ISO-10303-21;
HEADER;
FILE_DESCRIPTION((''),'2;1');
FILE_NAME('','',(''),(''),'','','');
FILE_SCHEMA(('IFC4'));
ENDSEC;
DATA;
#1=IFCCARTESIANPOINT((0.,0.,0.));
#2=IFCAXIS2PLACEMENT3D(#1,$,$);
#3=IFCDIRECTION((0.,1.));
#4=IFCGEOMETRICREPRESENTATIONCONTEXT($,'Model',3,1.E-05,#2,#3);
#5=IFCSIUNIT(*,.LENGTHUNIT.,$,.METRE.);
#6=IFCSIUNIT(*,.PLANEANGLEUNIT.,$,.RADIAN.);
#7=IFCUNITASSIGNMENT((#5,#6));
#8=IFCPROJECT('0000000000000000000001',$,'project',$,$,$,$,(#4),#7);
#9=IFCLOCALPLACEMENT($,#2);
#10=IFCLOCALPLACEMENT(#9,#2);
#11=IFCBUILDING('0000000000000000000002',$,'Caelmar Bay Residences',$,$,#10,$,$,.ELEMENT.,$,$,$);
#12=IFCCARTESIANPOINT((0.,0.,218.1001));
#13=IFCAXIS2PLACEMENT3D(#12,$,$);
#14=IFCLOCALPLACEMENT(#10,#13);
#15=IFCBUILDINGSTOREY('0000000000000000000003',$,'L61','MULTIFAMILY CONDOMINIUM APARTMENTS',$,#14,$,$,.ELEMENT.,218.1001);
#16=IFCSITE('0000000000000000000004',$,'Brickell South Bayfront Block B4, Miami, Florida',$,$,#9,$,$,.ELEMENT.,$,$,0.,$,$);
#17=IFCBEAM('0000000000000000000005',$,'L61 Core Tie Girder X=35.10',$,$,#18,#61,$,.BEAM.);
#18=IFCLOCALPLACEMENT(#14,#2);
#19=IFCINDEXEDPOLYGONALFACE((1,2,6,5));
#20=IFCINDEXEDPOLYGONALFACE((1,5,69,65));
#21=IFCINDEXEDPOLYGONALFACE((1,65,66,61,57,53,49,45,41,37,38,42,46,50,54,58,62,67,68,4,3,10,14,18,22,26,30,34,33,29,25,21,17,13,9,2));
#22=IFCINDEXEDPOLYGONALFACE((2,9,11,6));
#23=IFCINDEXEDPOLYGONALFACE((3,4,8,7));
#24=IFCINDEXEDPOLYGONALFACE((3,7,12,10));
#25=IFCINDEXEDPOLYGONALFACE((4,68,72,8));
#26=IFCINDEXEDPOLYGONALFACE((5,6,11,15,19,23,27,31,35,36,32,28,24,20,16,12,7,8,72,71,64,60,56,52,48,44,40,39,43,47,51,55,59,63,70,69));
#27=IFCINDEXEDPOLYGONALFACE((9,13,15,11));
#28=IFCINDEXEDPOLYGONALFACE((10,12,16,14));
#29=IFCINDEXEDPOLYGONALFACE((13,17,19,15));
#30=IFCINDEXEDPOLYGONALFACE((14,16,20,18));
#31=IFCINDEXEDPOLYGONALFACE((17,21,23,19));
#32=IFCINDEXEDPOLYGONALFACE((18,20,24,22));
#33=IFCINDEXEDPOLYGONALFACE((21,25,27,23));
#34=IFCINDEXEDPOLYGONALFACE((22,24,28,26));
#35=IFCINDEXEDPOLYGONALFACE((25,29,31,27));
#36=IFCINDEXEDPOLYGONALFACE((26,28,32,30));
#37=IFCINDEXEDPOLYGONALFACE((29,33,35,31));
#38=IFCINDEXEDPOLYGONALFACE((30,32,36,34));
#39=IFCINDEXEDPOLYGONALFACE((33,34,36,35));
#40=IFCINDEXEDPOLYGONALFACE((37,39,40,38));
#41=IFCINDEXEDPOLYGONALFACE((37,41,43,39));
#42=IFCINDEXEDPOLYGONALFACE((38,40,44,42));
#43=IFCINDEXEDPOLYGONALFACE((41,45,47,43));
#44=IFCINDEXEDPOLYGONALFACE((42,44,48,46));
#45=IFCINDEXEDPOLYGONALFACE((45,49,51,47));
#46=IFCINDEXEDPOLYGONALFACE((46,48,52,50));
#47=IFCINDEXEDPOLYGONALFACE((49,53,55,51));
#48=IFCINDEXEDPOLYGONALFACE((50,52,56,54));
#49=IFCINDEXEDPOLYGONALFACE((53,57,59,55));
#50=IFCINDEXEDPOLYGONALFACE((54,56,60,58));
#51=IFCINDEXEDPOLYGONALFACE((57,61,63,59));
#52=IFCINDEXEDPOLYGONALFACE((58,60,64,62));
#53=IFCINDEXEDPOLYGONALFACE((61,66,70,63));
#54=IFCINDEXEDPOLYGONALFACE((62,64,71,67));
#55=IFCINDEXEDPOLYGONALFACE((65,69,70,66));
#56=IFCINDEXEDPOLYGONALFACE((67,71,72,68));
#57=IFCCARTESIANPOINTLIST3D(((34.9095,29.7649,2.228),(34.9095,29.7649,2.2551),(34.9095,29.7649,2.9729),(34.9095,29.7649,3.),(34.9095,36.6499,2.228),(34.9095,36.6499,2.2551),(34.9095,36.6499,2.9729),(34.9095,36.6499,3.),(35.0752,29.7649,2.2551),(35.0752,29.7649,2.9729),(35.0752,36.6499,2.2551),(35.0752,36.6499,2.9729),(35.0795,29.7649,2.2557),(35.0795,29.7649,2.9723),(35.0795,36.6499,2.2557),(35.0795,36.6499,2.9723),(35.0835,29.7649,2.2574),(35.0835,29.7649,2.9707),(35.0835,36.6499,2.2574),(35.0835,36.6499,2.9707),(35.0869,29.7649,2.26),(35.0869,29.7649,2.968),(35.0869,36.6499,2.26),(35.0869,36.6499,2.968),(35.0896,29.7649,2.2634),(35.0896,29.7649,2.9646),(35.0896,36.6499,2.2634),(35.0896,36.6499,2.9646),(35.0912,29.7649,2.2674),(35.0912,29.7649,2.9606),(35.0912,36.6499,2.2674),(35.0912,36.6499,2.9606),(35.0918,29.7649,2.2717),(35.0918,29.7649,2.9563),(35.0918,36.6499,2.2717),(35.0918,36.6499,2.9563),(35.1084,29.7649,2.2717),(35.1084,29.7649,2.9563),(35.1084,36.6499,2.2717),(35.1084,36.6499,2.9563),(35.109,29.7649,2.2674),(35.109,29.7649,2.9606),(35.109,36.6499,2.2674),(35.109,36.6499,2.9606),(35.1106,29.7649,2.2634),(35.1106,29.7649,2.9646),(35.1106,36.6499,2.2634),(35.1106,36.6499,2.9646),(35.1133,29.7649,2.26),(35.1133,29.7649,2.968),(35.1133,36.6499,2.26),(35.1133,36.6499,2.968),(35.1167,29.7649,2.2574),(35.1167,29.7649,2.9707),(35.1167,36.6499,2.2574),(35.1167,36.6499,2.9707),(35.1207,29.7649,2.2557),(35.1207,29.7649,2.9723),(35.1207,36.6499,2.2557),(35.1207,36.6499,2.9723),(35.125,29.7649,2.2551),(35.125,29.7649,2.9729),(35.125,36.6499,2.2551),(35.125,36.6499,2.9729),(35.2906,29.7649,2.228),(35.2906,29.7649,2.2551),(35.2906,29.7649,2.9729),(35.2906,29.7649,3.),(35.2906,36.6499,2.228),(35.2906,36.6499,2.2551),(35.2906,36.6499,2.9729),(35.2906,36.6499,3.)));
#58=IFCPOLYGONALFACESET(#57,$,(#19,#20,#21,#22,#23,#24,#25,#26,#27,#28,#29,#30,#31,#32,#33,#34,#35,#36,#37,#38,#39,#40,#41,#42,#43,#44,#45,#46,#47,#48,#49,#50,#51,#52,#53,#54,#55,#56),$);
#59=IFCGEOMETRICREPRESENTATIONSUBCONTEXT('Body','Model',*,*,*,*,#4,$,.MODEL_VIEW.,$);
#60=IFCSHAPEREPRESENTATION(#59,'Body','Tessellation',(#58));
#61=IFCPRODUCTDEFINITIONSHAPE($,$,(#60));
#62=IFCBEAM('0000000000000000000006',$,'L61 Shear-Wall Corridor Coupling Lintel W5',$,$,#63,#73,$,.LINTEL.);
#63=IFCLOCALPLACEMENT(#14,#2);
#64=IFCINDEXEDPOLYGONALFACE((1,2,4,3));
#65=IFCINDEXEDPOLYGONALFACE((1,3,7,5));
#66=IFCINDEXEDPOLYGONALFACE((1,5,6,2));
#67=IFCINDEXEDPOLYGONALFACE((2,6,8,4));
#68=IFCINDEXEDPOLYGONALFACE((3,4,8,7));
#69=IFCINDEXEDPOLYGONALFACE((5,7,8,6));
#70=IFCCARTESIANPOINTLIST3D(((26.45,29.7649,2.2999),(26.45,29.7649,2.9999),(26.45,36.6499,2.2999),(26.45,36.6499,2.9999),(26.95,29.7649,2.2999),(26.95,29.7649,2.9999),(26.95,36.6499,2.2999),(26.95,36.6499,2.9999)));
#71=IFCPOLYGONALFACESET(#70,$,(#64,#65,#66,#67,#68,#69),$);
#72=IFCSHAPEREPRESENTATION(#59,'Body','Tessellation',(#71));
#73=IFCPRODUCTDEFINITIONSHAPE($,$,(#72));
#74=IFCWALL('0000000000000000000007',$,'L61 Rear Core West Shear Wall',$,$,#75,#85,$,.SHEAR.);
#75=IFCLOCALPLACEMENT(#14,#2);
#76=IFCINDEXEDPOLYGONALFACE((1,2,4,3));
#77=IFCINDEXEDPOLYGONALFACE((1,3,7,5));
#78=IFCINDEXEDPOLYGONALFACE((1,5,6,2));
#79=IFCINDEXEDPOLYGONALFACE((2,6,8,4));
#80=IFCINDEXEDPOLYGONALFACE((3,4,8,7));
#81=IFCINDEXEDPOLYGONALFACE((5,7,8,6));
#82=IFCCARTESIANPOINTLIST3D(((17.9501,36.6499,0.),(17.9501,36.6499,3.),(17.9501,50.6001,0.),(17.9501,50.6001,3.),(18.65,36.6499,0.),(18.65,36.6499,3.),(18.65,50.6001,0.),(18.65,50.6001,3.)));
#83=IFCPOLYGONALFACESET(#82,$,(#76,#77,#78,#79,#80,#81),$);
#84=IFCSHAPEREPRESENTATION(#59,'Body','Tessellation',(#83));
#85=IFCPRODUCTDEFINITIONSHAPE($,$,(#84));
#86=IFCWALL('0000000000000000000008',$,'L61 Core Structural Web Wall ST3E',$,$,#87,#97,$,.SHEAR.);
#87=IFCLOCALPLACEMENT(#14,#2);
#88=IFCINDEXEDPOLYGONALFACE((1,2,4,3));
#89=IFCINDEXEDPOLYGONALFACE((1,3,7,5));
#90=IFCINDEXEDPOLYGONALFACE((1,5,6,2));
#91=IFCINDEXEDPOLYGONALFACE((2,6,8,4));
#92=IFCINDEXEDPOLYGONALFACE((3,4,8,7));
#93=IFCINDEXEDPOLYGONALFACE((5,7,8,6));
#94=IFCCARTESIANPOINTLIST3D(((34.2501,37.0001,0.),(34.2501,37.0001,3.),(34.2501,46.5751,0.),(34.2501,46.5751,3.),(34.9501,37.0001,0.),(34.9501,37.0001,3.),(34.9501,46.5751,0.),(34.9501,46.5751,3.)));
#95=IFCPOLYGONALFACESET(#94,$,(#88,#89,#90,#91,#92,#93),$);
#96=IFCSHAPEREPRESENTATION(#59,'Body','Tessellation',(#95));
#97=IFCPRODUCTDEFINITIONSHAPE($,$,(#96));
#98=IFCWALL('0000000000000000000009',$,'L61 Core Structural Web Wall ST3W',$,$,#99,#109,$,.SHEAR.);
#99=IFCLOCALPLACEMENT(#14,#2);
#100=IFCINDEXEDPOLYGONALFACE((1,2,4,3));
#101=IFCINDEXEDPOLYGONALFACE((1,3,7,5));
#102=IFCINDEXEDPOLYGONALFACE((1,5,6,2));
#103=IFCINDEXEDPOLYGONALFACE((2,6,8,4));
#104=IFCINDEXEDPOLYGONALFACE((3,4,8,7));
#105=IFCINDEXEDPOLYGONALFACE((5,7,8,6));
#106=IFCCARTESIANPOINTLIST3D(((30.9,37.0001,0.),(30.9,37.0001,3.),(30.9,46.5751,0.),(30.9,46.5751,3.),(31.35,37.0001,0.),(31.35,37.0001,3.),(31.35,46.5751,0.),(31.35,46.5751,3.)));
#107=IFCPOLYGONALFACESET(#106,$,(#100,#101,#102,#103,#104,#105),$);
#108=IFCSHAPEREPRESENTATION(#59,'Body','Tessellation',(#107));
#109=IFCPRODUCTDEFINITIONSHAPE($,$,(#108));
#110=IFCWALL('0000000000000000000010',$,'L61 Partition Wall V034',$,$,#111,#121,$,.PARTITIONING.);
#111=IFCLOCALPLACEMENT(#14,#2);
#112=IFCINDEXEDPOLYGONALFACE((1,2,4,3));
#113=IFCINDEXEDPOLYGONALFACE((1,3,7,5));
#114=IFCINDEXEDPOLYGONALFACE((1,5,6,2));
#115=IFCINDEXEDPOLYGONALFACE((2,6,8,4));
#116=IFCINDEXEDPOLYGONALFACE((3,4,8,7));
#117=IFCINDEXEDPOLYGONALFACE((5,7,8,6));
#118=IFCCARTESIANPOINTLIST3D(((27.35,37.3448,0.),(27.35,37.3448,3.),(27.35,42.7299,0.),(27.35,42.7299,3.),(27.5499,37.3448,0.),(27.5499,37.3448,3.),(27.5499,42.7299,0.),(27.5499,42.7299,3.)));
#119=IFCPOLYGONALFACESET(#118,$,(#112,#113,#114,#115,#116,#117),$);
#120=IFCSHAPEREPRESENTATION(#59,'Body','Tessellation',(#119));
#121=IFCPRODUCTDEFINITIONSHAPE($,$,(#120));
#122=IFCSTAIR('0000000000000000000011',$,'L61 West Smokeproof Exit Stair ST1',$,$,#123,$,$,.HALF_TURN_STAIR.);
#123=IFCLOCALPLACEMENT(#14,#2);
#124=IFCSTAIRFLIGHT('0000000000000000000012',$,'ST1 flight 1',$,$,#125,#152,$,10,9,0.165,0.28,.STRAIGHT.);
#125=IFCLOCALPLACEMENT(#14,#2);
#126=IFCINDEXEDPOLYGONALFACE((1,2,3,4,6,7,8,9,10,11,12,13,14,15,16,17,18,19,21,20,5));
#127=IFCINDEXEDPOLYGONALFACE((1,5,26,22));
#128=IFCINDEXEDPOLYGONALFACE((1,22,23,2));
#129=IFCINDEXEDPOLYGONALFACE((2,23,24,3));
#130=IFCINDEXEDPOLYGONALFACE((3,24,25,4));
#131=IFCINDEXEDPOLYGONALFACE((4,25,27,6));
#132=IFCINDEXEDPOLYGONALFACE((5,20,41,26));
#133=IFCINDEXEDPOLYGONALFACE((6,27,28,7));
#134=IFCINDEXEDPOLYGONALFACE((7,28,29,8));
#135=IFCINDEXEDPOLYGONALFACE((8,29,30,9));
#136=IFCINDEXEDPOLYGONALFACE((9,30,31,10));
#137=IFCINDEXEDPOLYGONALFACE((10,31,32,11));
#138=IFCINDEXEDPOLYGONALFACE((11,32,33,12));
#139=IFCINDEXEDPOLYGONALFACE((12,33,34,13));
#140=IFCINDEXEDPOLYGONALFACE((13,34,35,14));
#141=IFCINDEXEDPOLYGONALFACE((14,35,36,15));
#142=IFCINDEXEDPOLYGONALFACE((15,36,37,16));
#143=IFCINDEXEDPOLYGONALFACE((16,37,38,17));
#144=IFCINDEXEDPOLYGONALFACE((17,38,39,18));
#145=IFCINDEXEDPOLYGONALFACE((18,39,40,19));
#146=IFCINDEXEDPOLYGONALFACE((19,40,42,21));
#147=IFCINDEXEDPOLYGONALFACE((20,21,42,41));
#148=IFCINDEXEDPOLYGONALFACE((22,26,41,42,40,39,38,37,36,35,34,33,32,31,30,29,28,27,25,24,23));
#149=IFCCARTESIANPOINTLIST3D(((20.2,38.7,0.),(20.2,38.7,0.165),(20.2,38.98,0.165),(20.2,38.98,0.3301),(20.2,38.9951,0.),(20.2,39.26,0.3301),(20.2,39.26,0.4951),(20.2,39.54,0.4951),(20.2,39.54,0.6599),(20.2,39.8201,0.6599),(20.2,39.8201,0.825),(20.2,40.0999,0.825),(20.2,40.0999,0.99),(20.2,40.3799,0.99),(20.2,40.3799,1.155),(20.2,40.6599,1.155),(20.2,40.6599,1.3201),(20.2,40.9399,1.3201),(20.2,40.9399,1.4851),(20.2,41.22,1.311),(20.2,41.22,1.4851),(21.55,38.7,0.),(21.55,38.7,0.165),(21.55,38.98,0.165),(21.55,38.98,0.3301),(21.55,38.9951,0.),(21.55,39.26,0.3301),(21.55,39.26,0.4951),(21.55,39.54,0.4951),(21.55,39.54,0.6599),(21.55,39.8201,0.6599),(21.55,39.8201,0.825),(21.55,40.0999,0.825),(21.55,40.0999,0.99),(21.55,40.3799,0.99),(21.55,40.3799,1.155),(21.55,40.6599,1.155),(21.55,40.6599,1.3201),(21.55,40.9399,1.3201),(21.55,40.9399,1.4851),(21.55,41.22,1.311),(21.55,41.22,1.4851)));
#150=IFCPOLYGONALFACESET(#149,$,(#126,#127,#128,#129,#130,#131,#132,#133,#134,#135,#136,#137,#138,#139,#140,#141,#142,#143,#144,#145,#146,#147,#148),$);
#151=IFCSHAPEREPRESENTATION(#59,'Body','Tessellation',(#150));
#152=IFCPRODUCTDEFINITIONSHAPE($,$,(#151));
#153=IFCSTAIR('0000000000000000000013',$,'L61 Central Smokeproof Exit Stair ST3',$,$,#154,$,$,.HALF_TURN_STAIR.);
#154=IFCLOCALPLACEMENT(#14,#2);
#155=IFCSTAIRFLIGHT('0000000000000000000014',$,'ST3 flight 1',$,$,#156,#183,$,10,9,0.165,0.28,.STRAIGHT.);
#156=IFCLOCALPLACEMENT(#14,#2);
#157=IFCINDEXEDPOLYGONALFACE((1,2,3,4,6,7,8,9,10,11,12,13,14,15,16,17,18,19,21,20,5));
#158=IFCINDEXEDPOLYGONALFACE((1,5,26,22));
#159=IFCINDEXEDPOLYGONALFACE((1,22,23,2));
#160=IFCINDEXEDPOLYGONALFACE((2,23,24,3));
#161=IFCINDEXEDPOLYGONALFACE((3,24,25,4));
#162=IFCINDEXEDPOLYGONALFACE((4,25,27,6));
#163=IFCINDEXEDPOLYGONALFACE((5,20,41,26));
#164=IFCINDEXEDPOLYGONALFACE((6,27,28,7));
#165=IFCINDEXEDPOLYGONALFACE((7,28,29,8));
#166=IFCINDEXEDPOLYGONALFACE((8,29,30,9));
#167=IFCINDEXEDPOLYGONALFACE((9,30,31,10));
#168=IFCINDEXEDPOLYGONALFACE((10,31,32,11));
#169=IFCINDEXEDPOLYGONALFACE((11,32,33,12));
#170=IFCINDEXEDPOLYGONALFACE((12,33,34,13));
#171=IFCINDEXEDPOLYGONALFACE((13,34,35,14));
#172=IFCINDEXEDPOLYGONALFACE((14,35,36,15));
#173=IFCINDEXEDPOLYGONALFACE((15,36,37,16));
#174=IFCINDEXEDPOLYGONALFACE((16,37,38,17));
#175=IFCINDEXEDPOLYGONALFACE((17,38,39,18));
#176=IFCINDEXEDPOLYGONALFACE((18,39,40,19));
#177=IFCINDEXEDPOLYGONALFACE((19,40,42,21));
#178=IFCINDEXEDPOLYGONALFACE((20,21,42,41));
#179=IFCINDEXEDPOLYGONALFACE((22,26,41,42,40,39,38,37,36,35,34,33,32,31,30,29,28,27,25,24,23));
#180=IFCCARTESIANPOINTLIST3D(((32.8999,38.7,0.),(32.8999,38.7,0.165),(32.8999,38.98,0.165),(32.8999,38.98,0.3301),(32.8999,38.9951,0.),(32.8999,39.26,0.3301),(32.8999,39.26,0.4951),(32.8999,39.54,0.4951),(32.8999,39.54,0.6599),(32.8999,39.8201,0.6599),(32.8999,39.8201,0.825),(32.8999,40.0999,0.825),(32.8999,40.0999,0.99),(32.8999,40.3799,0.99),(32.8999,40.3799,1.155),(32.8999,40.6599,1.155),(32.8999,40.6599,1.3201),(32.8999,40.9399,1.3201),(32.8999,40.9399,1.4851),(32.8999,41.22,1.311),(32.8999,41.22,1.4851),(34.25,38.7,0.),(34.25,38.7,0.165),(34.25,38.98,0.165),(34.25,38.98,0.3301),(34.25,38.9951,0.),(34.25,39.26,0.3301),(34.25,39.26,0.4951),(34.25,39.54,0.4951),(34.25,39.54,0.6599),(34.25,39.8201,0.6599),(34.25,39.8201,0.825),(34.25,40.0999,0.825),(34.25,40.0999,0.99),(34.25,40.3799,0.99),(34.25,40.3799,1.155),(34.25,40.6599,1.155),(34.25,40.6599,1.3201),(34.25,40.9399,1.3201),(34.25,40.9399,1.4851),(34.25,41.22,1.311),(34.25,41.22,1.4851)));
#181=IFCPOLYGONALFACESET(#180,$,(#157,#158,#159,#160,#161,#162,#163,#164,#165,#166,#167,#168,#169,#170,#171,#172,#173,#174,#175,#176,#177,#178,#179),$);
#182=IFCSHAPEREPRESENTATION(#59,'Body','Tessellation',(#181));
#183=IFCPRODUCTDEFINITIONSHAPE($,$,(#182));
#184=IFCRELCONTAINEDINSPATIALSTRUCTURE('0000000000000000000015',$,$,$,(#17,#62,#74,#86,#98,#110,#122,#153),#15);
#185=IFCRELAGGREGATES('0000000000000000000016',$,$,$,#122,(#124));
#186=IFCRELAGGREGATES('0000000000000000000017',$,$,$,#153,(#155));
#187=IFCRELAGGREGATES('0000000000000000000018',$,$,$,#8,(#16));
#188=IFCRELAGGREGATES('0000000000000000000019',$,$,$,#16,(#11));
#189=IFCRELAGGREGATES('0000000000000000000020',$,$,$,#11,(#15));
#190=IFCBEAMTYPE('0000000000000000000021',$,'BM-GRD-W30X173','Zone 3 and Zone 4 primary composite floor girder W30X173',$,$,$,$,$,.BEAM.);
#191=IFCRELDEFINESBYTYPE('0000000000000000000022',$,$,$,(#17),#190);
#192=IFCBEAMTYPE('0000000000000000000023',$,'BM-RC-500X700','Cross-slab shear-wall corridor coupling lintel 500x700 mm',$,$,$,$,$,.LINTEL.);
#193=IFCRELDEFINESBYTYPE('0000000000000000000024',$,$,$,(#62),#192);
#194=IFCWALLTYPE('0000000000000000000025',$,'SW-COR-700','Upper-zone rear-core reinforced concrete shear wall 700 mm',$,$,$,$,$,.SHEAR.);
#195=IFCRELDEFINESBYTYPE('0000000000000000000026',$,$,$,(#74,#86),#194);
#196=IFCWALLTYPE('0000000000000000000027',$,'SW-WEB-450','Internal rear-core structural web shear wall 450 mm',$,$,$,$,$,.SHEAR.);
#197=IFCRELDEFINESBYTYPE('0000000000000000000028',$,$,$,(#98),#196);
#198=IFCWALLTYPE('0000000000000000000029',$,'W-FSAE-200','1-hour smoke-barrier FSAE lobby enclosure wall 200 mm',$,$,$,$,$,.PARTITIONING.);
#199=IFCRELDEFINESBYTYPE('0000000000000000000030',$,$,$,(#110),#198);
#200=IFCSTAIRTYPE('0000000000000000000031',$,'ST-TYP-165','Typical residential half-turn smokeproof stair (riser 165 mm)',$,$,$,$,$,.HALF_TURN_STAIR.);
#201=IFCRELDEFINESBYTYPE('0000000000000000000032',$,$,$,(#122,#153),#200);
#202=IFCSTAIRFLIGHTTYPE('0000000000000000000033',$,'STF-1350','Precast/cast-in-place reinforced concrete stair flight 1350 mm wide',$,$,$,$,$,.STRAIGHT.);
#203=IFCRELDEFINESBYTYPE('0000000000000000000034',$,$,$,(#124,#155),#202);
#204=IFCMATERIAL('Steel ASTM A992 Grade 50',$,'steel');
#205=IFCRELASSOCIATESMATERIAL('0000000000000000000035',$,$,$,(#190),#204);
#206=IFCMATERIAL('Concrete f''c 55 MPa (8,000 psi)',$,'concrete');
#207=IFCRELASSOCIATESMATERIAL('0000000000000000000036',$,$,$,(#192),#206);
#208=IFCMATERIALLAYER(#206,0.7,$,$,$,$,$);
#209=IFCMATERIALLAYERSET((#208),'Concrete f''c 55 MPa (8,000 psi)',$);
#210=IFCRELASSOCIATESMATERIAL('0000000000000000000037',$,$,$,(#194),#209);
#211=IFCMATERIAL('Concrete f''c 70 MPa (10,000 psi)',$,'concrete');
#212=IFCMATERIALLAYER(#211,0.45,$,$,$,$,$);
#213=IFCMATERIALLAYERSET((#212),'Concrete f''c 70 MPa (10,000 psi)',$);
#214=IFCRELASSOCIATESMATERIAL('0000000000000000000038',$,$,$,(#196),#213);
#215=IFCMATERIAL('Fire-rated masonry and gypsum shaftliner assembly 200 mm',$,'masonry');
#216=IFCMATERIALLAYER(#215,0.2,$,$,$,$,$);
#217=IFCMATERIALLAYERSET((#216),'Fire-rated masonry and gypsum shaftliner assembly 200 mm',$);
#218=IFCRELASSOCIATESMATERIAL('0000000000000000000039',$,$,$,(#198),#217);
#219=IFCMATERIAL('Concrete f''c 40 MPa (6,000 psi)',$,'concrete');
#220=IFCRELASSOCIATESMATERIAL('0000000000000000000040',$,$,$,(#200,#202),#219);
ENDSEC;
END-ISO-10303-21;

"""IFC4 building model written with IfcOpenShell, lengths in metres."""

from ifc_helpers import new_model, si_unit, direction, frame, frame_2d, origin, origin_2d, place, context, subcontext, project, spatial, polyline, rectangle, i_section, outline, extrude, material, layer, layer_set, material_profile, profile_set, type_object, element, aggregate, save


model = new_model("IFC4")

# Units and contexts
model_context = context("Model", 3, precision=1e-05, world=origin(), true_north=direction((0.0, 1.0)))
body_context = subcontext(model_context, "Body", "Model", "MODEL_VIEW")
ifc_project = project(units=[si_unit("LENGTHUNIT", "METRE"), si_unit("PLANEANGLEUNIT", "RADIAN")], contexts=[model_context])

# Site, building, storey
site_placement = place(None, origin())
site = spatial("IfcSite", under=ifc_project, at=site_placement, Name="Brickell South Bayfront Block B4, Miami, Florida", CompositionType="ELEMENT", RefElevation=0.0)
building_placement = place(site_placement, origin())
building = spatial("IfcBuilding", under=site, at=building_placement, Name="Caelmar Bay Residences", CompositionType="ELEMENT")
storey_placement = place(building_placement, frame((0.0, 0.0, 218.1001)))
storey = spatial("IfcBuildingStorey", under=building, at=storey_placement, Name="L61", Description="MULTIFAMILY CONDOMINIUM APARTMENTS", CompositionType="ELEMENT", Elevation=218.1001)

# Beams
ifc_material_1 = material(Name="Steel ASTM A992 Grade 50", Category="steel")
ifc_material_profile_1 = material_profile(ifc_material_1, i_section(OverallWidth=0.3811, OverallDepth=0.772, WebThickness=0.0166, FlangeThickness=0.0271, FilletRadius=0.0166, at=origin_2d()), Name="W30X173")
ifc_profile_set_1 = profile_set([ifc_material_profile_1], Name="Steel ASTM A992 Grade 50")
beam_type_1 = type_object("IfcBeamType", Name="BM-GRD-W30X173", Description="Zone 3 and Zone 4 primary composite floor girder W30X173", PredefinedType="BEAM", material=ifc_profile_set_1)
beam_1_placement = place(storey_placement, frame((35.1001, 29.7649, 2.614), z_axis=(0.0, 1.0, 0.0), x_axis=(-1.0, 0.0, 0.0)))
element("IfcBeam", 1, at=beam_1_placement, inside=storey, type_object=beam_type_1, Name="L61 Core Tie Girder X=35.10", PredefinedType="BEAM", context=body_context, shape_type="SweptSolid", body=[
    extrude(i_section(OverallWidth=0.3811, OverallDepth=0.772, WebThickness=0.0166, FlangeThickness=0.0271, FilletRadius=0.0166, at=origin_2d()), origin(), (0.0, 0.0, 1.0), 6.885),
])
ifc_material_2 = material(Name="Concrete f'c 55 MPa (8,000 psi)", Category="concrete")
ifc_material_profile_2 = material_profile(ifc_material_2, rectangle(XDim=0.5, YDim=0.7, at=origin_2d()), Name="RC-BM-500X700")
ifc_profile_set_2 = profile_set([ifc_material_profile_2], Name="Concrete f'c 55 MPa (8,000 psi)")
beam_type_2 = type_object("IfcBeamType", Name="BM-RC-500X700", Description="Cross-slab shear-wall corridor coupling lintel 500x700 mm", PredefinedType="LINTEL", material=ifc_profile_set_2)
beam_2_placement = place(storey_placement, frame((26.7, 29.7649, 2.6499), z_axis=(0.0, 1.0, 0.0), x_axis=(-1.0, 0.0, 0.0)))
element("IfcBeam", 2, at=beam_2_placement, inside=storey, type_object=beam_type_2, Name="L61 Shear-Wall Corridor Coupling Lintel W5", PredefinedType="LINTEL", context=body_context, shape_type="SweptSolid", body=[
    extrude(rectangle(XDim=0.5, YDim=0.7, at=origin_2d()), origin(), (0.0, 0.0, 1.0), 6.885),
])

# Wall
ifc_layer_1 = layer(ifc_material_2, 0.7)
ifc_layer_set_1 = layer_set([ifc_layer_1], Name="Concrete f'c 55 MPa (8,000 psi)")
wall_type_1 = type_object("IfcWallType", Name="SW-COR-700", Description="Upper-zone rear-core reinforced concrete shear wall 700 mm", PredefinedType="SHEAR", material=ifc_layer_set_1)
wall_1_placement = place(storey_placement, frame((18.3, 36.6499, 0.0), z_axis=(0.0, 0.0, 1.0), x_axis=(0.0, 1.0, 0.0)))
element("IfcWall", 3, at=wall_1_placement, inside=storey, type_object=wall_type_1, Name="L61 Rear Core West Shear Wall", PredefinedType="SHEAR", context=body_context, shape_type="SweptSolid", body=[
    extrude(rectangle(XDim=13.9502, YDim=0.7, at=frame_2d((6.9751, 0.0))), origin(), (0.0, 0.0, 1.0), 3.0),
])

# Walls
wall_2_placement = place(storey_placement, frame((34.6001, 37.0, 0.0), z_axis=(0.0, 0.0, 1.0), x_axis=(0.0, 1.0, 0.0)))
element("IfcWall", 4, at=wall_2_placement, inside=storey, type_object=wall_type_1, Name="L61 Core Structural Web Wall ST3E", PredefinedType="SHEAR", context=body_context, shape_type="SweptSolid", body=[
    extrude(rectangle(XDim=9.575, YDim=0.7, at=frame_2d((4.7876, 0.0))), origin(), (0.0, 0.0, 1.0), 3.0),
])
ifc_material_3 = material(Name="Concrete f'c 70 MPa (10,000 psi)", Category="concrete")
ifc_layer_2 = layer(ifc_material_3, 0.45)
ifc_layer_set_2 = layer_set([ifc_layer_2], Name="Concrete f'c 70 MPa (10,000 psi)")
wall_type_2 = type_object("IfcWallType", Name="SW-WEB-450", Description="Internal rear-core structural web shear wall 450 mm", PredefinedType="SHEAR", material=ifc_layer_set_2)
wall_3_placement = place(storey_placement, frame((31.125, 37.0, 0.0), z_axis=(0.0, 0.0, 1.0), x_axis=(0.0, 1.0, 0.0)))
element("IfcWall", 5, at=wall_3_placement, inside=storey, type_object=wall_type_2, Name="L61 Core Structural Web Wall ST3W", PredefinedType="SHEAR", context=body_context, shape_type="SweptSolid", body=[
    extrude(rectangle(XDim=9.575, YDim=0.45, at=frame_2d((4.7876, 0.0))), origin(), (0.0, 0.0, 1.0), 3.0),
])
ifc_material_4 = material(Name="Fire-rated masonry and gypsum shaftliner assembly 200 mm", Category="masonry")
ifc_layer_3 = layer(ifc_material_4, 0.2)
ifc_layer_set_3 = layer_set([ifc_layer_3], Name="Fire-rated masonry and gypsum shaftliner assembly 200 mm")
wall_type_3 = type_object("IfcWallType", Name="W-FSAE-200", Description="1-hour smoke-barrier FSAE lobby enclosure wall 200 mm", PredefinedType="PARTITIONING", material=ifc_layer_set_3)
wall_4_placement = place(storey_placement, frame((27.45, 37.345, 0.0), z_axis=(0.0, 0.0, 1.0), x_axis=(0.0, 1.0, 0.0)))
element("IfcWall", 6, at=wall_4_placement, inside=storey, type_object=wall_type_3, Name="L61 Partition Wall V034", PredefinedType="PARTITIONING", context=body_context, shape_type="SweptSolid", body=[
    extrude(rectangle(XDim=5.385, YDim=0.2, at=frame_2d((2.6924, 0.0))), origin(), (0.0, 0.0, 1.0), 3.0),
])

# Stairs, stair flights
ifc_material_5 = material(Name="Concrete f'c 40 MPa (6,000 psi)", Category="concrete")
stair_type = type_object("IfcStairType", Name="ST-TYP-165", Description="Typical residential half-turn smokeproof stair (riser 165 mm)", PredefinedType="HALF_TURN_STAIR", material=ifc_material_5)
stair_1_placement = place(storey_placement, origin())
stair_1 = element("IfcStair", 7, at=stair_1_placement, inside=storey, type_object=stair_type, Name="L61 West Smokeproof Exit Stair ST1", PredefinedType="HALF_TURN_STAIR")
stair_flight_type = type_object("IfcStairFlightType", Name="STF-1350", Description="Precast/cast-in-place reinforced concrete stair flight 1350 mm wide", PredefinedType="STRAIGHT", material=ifc_material_5)
stair_flight_1_placement = place(storey_placement, frame((20.875, 38.7, 0.0), z_axis=(0.0, 0.0, 1.0), x_axis=(0.0, 1.0, 0.0)))
stair_flight_1 = element("IfcStairFlight", 8, at=stair_flight_1_placement, type_object=stair_flight_type, Name="ST1 flight 1", NumberOfRisers=10, NumberOfTreads=9, PredefinedType="STRAIGHT", RiserHeight=0.165, TreadLength=0.28, context=body_context, shape_type="SweptSolid", body=[
    extrude(outline(polyline([(0.0, 0.0), (0.0, 0.165), (0.28, 0.165), (0.28, 0.3301), (0.5601, 0.3301), (0.5601, 0.4951), (0.8401, 0.4951), (0.8401, 0.6599), (1.1201, 0.6599), (1.1201, 0.825), (1.3999, 0.825), (1.3999, 0.99), (1.6799, 0.99), (1.6799, 1.155), (1.96, 1.155), (1.96, 1.3201), (2.24, 1.3201), (2.24, 1.4851), (2.52, 1.4851), (2.52, 1.6499), (2.52, 1.311), (0.2952, 0.0), (0.0, 0.0)])), frame((0.0, 0.675, 0.0), z_axis=(0.0, -1.0, 0.0), x_axis=(1.0, 0.0, 0.0)), (0.0, 0.0, 1.0), 1.3501),
])
aggregate(stair_1, [stair_flight_1])
stair_2_placement = place(storey_placement, origin())
stair_2 = element("IfcStair", 9, at=stair_2_placement, inside=storey, type_object=stair_type, Name="L61 Central Smokeproof Exit Stair ST3", PredefinedType="HALF_TURN_STAIR")
stair_flight_2_placement = place(storey_placement, frame((33.575, 38.7, 0.0), z_axis=(0.0, 0.0, 1.0), x_axis=(0.0, 1.0, 0.0)))
stair_flight_2 = element("IfcStairFlight", 10, at=stair_flight_2_placement, type_object=stair_flight_type, Name="ST3 flight 1", NumberOfRisers=10, NumberOfTreads=9, PredefinedType="STRAIGHT", RiserHeight=0.165, TreadLength=0.28, context=body_context, shape_type="SweptSolid", body=[
    extrude(outline(polyline([(0.0, 0.0), (0.0, 0.165), (0.28, 0.165), (0.28, 0.3301), (0.5601, 0.3301), (0.5601, 0.4951), (0.8401, 0.4951), (0.8401, 0.6599), (1.1201, 0.6599), (1.1201, 0.825), (1.3999, 0.825), (1.3999, 0.99), (1.6799, 0.99), (1.6799, 1.155), (1.96, 1.155), (1.96, 1.3201), (2.24, 1.3201), (2.24, 1.4851), (2.52, 1.4851), (2.52, 1.6499), (2.52, 1.311), (0.2952, 0.0), (0.0, 0.0)])), frame((0.0, 0.675, 0.0), z_axis=(0.0, -1.0, 0.0), x_axis=(1.0, 0.0, 0.0)), (0.0, 0.0, 1.0), 1.3501),
])
aggregate(stair_2, [stair_flight_2])

save(model, "model.ifc")
